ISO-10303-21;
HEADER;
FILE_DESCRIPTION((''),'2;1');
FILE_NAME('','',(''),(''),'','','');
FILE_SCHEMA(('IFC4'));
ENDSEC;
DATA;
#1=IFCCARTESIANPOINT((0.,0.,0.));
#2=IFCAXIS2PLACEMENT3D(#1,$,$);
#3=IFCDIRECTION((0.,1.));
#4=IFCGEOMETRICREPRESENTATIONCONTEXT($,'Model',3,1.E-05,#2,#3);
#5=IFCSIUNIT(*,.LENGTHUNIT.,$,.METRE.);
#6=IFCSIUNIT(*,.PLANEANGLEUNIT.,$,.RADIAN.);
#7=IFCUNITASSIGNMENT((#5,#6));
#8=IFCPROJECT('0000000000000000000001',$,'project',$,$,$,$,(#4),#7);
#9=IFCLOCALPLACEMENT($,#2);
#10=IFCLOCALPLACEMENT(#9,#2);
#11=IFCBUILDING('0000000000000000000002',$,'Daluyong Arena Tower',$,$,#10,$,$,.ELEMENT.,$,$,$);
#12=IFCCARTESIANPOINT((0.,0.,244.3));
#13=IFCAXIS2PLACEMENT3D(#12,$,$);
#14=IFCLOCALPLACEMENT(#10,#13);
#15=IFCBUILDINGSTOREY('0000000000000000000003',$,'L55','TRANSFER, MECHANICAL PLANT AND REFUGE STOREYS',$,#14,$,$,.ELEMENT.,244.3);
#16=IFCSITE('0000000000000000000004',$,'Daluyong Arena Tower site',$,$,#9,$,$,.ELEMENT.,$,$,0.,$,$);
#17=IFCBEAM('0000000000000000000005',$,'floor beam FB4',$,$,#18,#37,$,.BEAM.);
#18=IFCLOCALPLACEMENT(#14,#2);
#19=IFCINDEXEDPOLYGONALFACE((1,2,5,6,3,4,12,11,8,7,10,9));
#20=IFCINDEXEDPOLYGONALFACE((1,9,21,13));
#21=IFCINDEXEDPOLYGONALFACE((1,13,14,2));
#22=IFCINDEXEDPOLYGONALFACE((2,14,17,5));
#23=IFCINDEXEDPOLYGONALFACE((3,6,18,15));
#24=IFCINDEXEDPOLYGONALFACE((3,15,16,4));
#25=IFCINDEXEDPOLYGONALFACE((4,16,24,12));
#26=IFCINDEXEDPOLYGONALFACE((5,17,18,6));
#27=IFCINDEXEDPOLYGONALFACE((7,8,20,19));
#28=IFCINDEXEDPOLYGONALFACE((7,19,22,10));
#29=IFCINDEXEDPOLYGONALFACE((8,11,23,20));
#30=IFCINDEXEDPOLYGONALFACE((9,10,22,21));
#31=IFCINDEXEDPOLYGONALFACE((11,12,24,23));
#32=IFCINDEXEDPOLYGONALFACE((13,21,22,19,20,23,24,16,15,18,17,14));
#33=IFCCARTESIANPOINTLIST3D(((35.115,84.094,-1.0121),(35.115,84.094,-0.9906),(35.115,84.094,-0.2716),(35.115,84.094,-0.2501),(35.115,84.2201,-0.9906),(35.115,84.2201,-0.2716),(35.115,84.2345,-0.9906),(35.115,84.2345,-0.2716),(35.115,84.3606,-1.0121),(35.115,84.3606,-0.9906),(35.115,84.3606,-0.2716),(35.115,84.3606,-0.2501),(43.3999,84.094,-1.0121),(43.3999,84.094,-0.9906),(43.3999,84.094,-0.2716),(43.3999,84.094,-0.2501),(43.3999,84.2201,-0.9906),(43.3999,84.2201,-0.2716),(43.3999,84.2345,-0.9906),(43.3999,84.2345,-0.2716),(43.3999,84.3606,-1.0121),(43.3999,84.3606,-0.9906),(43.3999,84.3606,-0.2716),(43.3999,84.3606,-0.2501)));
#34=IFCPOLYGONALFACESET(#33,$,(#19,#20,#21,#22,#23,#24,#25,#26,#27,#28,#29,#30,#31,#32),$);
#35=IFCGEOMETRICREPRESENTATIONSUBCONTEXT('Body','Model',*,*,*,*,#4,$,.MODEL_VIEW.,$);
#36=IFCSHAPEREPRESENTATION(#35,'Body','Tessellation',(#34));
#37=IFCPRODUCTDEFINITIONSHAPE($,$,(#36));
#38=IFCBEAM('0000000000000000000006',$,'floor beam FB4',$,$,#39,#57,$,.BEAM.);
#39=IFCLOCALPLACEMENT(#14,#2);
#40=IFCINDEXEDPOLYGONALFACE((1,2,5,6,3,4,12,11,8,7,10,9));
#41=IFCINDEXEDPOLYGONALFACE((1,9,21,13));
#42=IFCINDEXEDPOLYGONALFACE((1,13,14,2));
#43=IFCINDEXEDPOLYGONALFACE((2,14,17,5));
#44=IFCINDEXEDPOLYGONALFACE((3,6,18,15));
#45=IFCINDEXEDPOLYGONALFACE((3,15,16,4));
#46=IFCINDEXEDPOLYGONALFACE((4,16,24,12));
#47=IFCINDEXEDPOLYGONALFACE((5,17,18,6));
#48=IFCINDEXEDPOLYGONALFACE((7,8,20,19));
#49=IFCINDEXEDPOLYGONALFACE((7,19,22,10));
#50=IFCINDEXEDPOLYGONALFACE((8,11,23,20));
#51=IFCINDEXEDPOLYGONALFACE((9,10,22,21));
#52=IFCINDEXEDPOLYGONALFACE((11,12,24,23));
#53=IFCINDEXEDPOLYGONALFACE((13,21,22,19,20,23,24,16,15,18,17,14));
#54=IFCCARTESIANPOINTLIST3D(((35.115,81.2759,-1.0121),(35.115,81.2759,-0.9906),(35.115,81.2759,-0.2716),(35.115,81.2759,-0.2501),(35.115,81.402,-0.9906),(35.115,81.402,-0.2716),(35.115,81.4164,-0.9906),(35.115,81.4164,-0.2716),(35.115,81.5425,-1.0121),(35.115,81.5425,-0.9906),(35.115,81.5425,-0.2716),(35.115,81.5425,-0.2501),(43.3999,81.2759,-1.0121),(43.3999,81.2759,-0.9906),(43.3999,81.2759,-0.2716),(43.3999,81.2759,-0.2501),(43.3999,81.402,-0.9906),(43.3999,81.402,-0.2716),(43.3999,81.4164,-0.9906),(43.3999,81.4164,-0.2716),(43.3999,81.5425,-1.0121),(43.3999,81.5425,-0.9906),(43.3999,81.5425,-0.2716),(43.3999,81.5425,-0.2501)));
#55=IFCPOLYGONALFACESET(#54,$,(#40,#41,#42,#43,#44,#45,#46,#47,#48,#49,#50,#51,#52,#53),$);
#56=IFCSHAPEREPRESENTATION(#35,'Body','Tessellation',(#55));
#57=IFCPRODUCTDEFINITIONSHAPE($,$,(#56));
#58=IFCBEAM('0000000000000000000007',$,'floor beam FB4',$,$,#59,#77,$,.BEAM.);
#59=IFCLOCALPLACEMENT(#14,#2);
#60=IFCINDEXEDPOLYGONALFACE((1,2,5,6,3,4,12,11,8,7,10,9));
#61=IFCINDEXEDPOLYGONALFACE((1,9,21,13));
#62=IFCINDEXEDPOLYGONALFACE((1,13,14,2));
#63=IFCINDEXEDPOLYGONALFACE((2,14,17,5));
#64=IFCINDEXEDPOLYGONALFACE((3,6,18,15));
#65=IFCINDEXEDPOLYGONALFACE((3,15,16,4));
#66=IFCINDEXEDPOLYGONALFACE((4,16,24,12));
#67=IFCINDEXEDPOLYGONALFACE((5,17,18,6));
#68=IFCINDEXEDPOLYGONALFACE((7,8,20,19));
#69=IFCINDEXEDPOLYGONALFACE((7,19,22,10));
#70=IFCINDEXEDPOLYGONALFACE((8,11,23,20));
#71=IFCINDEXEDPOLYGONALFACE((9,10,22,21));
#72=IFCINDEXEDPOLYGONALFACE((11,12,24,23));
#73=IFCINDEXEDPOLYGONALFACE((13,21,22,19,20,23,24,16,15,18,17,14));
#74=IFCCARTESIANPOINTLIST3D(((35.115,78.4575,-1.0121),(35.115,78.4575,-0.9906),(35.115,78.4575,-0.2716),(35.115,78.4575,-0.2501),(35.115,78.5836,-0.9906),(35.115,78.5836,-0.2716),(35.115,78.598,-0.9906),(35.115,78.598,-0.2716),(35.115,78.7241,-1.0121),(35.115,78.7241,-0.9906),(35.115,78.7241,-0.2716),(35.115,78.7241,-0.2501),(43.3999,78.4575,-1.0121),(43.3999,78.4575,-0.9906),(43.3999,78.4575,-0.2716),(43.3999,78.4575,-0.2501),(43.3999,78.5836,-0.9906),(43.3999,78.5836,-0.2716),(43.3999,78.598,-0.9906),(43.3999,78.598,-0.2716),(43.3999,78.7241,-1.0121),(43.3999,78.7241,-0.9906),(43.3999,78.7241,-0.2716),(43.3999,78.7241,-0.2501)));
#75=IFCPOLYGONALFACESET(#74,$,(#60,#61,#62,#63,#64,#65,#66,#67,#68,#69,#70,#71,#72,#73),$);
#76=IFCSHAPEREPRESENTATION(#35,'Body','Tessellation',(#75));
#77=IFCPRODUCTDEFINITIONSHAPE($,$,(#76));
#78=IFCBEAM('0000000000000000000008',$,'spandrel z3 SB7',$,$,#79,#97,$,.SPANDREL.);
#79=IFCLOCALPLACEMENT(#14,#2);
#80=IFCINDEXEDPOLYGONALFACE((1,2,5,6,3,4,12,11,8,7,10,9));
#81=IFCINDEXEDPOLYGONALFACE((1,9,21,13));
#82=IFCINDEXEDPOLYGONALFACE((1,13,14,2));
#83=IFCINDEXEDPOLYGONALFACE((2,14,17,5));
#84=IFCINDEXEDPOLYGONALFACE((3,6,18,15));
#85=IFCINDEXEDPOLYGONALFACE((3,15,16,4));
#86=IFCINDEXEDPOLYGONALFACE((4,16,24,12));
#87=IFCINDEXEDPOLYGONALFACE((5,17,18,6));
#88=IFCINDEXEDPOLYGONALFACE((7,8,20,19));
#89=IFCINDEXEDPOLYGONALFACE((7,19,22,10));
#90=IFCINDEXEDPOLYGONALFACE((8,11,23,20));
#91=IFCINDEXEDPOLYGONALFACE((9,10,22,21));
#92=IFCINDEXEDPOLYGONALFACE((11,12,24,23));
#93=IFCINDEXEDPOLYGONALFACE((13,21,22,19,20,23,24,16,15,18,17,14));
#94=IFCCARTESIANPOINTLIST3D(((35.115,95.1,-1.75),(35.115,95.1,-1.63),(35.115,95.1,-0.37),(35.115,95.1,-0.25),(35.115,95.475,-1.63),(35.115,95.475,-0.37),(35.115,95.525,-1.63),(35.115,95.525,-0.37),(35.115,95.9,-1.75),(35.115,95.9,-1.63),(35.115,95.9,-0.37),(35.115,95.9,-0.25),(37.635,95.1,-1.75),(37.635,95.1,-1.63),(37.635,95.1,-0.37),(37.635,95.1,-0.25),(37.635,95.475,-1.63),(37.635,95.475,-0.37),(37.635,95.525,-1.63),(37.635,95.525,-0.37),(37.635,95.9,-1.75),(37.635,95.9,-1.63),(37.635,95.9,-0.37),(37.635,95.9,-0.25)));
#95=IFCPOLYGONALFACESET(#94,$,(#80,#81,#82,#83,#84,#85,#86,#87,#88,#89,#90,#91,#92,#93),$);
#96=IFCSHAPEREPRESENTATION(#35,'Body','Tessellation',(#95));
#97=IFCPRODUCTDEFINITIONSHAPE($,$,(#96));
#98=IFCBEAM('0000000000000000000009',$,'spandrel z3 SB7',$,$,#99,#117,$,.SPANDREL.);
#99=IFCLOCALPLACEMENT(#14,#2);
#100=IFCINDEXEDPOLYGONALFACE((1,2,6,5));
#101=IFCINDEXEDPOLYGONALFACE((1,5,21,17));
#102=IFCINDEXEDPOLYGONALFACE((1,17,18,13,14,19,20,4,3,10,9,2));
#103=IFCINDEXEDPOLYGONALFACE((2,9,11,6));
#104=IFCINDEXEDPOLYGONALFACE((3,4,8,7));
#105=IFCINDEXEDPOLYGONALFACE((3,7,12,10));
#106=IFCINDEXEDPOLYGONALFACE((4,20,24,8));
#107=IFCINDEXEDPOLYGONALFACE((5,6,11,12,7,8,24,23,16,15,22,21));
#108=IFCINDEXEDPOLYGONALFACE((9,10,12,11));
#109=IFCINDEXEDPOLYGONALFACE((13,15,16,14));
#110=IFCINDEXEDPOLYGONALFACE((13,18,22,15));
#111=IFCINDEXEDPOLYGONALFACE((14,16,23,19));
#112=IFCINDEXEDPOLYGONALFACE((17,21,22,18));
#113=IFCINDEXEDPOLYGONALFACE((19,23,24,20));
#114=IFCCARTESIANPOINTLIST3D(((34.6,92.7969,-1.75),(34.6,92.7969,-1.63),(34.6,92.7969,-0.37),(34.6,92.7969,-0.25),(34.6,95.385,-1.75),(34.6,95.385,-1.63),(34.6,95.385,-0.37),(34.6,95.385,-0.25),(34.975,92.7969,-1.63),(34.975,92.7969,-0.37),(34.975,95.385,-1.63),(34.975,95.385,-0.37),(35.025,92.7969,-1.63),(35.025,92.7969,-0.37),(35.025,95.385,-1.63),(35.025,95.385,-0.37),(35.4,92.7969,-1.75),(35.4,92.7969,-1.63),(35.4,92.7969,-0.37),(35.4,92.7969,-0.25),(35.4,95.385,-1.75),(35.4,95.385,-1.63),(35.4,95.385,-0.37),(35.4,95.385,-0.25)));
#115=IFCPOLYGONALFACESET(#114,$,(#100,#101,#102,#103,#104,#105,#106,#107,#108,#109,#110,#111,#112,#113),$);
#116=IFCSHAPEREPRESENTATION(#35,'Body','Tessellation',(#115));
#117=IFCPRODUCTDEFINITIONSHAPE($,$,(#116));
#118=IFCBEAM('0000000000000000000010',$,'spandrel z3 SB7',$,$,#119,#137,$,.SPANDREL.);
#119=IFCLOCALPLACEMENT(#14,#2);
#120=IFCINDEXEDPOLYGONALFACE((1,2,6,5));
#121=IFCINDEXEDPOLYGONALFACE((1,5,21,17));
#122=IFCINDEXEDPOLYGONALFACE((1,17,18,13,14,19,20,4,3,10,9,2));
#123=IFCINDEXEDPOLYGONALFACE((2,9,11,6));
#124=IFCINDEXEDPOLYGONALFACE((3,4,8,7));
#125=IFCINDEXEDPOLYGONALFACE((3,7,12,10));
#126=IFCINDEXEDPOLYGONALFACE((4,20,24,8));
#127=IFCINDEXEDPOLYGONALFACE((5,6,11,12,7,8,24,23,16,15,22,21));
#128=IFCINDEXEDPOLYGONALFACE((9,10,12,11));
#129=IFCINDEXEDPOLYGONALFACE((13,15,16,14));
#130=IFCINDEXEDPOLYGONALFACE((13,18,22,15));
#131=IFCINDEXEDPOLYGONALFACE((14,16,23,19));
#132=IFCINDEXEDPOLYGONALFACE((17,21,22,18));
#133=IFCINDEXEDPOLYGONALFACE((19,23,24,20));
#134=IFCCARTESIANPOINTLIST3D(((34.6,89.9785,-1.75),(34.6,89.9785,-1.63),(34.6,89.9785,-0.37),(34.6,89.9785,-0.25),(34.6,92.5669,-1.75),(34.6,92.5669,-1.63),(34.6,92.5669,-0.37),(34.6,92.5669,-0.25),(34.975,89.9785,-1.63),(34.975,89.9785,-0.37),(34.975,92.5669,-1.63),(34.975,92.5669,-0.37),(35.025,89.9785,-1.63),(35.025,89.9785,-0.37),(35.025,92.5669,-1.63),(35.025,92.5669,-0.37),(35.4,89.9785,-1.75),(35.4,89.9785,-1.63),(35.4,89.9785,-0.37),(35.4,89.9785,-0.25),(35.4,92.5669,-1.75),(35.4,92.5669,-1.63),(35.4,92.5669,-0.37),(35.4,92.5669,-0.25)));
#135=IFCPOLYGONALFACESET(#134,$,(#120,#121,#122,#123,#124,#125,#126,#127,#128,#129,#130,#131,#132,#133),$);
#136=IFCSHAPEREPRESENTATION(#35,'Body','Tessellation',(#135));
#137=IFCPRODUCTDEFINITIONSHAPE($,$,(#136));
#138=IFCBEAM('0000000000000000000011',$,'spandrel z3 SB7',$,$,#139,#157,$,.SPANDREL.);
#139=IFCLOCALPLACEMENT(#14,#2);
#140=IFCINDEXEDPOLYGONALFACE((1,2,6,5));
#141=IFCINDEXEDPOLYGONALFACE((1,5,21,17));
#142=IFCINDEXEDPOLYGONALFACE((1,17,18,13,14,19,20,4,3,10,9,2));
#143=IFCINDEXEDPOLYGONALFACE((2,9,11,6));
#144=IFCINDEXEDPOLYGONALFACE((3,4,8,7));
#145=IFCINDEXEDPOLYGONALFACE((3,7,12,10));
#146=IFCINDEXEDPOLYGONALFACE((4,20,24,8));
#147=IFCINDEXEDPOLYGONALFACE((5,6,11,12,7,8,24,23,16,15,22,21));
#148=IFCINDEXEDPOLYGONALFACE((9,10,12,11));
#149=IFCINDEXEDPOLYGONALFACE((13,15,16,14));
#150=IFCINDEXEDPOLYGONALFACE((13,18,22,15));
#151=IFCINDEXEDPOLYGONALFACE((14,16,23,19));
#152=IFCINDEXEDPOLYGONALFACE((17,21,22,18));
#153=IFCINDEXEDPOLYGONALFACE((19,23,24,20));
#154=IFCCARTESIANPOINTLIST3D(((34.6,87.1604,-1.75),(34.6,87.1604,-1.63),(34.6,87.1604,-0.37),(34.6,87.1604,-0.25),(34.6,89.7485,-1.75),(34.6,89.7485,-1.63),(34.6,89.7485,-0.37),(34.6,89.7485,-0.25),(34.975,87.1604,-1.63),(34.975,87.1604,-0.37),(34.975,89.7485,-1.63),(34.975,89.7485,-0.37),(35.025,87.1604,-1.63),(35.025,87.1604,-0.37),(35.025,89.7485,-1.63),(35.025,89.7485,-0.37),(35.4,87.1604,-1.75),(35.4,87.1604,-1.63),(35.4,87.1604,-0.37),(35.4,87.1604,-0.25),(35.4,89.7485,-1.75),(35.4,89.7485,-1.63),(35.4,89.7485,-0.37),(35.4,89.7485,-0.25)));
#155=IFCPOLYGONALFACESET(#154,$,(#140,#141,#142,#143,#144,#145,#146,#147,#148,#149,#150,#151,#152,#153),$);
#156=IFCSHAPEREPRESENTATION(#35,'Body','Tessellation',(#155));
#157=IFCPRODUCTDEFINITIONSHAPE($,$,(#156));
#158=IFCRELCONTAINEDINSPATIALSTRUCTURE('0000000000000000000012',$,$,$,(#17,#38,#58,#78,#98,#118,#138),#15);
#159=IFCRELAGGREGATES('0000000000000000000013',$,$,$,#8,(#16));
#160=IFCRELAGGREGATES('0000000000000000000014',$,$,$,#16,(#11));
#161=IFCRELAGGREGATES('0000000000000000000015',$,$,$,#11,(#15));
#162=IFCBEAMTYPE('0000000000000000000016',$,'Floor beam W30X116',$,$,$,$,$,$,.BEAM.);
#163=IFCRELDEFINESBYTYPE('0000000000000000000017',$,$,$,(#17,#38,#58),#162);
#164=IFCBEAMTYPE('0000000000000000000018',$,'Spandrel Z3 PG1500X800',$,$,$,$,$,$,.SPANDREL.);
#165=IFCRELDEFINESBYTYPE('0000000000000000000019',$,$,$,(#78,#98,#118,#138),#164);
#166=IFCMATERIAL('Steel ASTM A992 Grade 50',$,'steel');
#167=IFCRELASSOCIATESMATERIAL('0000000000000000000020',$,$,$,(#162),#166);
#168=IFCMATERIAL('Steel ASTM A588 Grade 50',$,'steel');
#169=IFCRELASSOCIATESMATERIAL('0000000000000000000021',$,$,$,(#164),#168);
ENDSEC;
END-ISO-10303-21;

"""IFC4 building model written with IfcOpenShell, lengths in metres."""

from ifc_helpers import new_model, si_unit, direction, frame, origin, origin_2d, place, context, subcontext, project, spatial, i_section, extrude, material, material_profile, profile_set, type_object, element, save


model = new_model("IFC4")

# Units and contexts
model_context = context("Model", 3, precision=1e-05, world=origin(), true_north=direction((0.0, 1.0)))
body_context = subcontext(model_context, "Body", "Model", "MODEL_VIEW")
ifc_project = project(units=[si_unit("LENGTHUNIT", "METRE"), si_unit("PLANEANGLEUNIT", "RADIAN")], contexts=[model_context])

# Site, building, storey
site_placement = place(None, origin())
site = spatial("IfcSite", under=ifc_project, at=site_placement, Name="Daluyong Arena Tower site", CompositionType="ELEMENT", RefElevation=0.0)
building_placement = place(site_placement, origin())
building = spatial("IfcBuilding", under=site, at=building_placement, Name="Daluyong Arena Tower", CompositionType="ELEMENT")
storey_placement = place(building_placement, frame((0.0, 0.0, 244.3)))
storey = spatial("IfcBuildingStorey", under=building, at=storey_placement, Name="L55", Description="TRANSFER, MECHANICAL PLANT AND REFUGE STOREYS", CompositionType="ELEMENT", Elevation=244.3)

# Beams
ifc_material_1 = material(Name="Steel ASTM A992 Grade 50", Category="steel")
ifc_material_profile_1 = material_profile(ifc_material_1, i_section(OverallWidth=0.2666, OverallDepth=0.762, WebThickness=0.0144, FlangeThickness=0.0215, at=origin_2d()))
ifc_profile_set_1 = profile_set([ifc_material_profile_1], Name="Steel ASTM A992 Grade 50")
beam_type_1 = type_object("IfcBeamType", Name="Floor beam W30X116", PredefinedType="BEAM", material=ifc_profile_set_1)
for number, where, z_axis, x_axis, name in (
    (1, (35.115, 84.2273, -0.6311), (1.0, 0.0, 0.0), (0.0, 1.0, 0.0), "floor beam FB4"),
    (2, (35.115, 81.4092, -0.6311), (1.0, 0.0, 0.0), (0.0, 1.0, 0.0), "floor beam FB4"),
    (3, (35.115, 78.5908, -0.6311), (1.0, 0.0, 0.0), (0.0, 1.0, 0.0), "floor beam FB4"),
):
    element("IfcBeam", number, at=place(storey_placement, frame(where, z_axis=z_axis, x_axis=x_axis)), inside=storey, type_object=beam_type_1, Name=name, PredefinedType="BEAM", context=body_context, shape_type="SweptSolid", body=[
        extrude(i_section(OverallWidth=0.2666, OverallDepth=0.762, WebThickness=0.0144, FlangeThickness=0.0215, at=origin_2d()), origin(), (0.0, 0.0, 1.0), 8.2849),
    ])
ifc_material_2 = material(Name="Steel ASTM A588 Grade 50", Category="steel")
ifc_material_profile_2 = material_profile(ifc_material_2, i_section(OverallWidth=0.8, OverallDepth=1.5, WebThickness=0.05, FlangeThickness=0.12, at=origin_2d()))
ifc_profile_set_2 = profile_set([ifc_material_profile_2], Name="Steel ASTM A588 Grade 50")
beam_type_2 = type_object("IfcBeamType", Name="Spandrel Z3 PG1500X800", PredefinedType="SPANDREL", material=ifc_profile_set_2)
beam_1_placement = place(storey_placement, frame((37.635, 95.5, -1.0), z_axis=(-1.0, 0.0, 0.0), x_axis=(0.0, -1.0, 0.0)))
element("IfcBeam", 4, at=beam_1_placement, inside=storey, type_object=beam_type_2, Name="spandrel z3 SB7", PredefinedType="SPANDREL", context=body_context, shape_type="SweptSolid", body=[
    extrude(i_section(OverallWidth=0.8, OverallDepth=1.5, WebThickness=0.05, FlangeThickness=0.12, at=origin_2d()), origin(), (0.0, 0.0, 1.0), 2.52),
])
beam_2_placement = place(storey_placement, frame((35.0, 95.385, -1.0), z_axis=(0.0, -1.0, 0.0), x_axis=(1.0, 0.0, 0.0)))
element("IfcBeam", 5, at=beam_2_placement, inside=storey, type_object=beam_type_2, Name="spandrel z3 SB7", PredefinedType="SPANDREL", context=body_context, shape_type="SweptSolid", body=[
    extrude(i_section(OverallWidth=0.8, OverallDepth=1.5, WebThickness=0.05, FlangeThickness=0.12, at=origin_2d()), origin(), (0.0, 0.0, 1.0), 2.5881),
])
beam_3_placement = place(storey_placement, frame((35.0, 92.5669, -1.0), z_axis=(0.0, -1.0, 0.0), x_axis=(1.0, 0.0, 0.0)))
element("IfcBeam", 6, at=beam_3_placement, inside=storey, type_object=beam_type_2, Name="spandrel z3 SB7", PredefinedType="SPANDREL", context=body_context, shape_type="SweptSolid", body=[
    extrude(i_section(OverallWidth=0.8, OverallDepth=1.5, WebThickness=0.05, FlangeThickness=0.12, at=origin_2d()), origin(), (0.0, 0.0, 1.0), 2.5884),
])
beam_4_placement = place(storey_placement, frame((35.0, 89.7485, -1.0), z_axis=(0.0, -1.0, 0.0), x_axis=(1.0, 0.0, 0.0)))
element("IfcBeam", 7, at=beam_4_placement, inside=storey, type_object=beam_type_2, Name="spandrel z3 SB7", PredefinedType="SPANDREL", context=body_context, shape_type="SweptSolid", body=[
    extrude(i_section(OverallWidth=0.8, OverallDepth=1.5, WebThickness=0.05, FlangeThickness=0.12, at=origin_2d()), origin(), (0.0, 0.0, 1.0), 2.5881),
])

save(model, "model.ifc")
